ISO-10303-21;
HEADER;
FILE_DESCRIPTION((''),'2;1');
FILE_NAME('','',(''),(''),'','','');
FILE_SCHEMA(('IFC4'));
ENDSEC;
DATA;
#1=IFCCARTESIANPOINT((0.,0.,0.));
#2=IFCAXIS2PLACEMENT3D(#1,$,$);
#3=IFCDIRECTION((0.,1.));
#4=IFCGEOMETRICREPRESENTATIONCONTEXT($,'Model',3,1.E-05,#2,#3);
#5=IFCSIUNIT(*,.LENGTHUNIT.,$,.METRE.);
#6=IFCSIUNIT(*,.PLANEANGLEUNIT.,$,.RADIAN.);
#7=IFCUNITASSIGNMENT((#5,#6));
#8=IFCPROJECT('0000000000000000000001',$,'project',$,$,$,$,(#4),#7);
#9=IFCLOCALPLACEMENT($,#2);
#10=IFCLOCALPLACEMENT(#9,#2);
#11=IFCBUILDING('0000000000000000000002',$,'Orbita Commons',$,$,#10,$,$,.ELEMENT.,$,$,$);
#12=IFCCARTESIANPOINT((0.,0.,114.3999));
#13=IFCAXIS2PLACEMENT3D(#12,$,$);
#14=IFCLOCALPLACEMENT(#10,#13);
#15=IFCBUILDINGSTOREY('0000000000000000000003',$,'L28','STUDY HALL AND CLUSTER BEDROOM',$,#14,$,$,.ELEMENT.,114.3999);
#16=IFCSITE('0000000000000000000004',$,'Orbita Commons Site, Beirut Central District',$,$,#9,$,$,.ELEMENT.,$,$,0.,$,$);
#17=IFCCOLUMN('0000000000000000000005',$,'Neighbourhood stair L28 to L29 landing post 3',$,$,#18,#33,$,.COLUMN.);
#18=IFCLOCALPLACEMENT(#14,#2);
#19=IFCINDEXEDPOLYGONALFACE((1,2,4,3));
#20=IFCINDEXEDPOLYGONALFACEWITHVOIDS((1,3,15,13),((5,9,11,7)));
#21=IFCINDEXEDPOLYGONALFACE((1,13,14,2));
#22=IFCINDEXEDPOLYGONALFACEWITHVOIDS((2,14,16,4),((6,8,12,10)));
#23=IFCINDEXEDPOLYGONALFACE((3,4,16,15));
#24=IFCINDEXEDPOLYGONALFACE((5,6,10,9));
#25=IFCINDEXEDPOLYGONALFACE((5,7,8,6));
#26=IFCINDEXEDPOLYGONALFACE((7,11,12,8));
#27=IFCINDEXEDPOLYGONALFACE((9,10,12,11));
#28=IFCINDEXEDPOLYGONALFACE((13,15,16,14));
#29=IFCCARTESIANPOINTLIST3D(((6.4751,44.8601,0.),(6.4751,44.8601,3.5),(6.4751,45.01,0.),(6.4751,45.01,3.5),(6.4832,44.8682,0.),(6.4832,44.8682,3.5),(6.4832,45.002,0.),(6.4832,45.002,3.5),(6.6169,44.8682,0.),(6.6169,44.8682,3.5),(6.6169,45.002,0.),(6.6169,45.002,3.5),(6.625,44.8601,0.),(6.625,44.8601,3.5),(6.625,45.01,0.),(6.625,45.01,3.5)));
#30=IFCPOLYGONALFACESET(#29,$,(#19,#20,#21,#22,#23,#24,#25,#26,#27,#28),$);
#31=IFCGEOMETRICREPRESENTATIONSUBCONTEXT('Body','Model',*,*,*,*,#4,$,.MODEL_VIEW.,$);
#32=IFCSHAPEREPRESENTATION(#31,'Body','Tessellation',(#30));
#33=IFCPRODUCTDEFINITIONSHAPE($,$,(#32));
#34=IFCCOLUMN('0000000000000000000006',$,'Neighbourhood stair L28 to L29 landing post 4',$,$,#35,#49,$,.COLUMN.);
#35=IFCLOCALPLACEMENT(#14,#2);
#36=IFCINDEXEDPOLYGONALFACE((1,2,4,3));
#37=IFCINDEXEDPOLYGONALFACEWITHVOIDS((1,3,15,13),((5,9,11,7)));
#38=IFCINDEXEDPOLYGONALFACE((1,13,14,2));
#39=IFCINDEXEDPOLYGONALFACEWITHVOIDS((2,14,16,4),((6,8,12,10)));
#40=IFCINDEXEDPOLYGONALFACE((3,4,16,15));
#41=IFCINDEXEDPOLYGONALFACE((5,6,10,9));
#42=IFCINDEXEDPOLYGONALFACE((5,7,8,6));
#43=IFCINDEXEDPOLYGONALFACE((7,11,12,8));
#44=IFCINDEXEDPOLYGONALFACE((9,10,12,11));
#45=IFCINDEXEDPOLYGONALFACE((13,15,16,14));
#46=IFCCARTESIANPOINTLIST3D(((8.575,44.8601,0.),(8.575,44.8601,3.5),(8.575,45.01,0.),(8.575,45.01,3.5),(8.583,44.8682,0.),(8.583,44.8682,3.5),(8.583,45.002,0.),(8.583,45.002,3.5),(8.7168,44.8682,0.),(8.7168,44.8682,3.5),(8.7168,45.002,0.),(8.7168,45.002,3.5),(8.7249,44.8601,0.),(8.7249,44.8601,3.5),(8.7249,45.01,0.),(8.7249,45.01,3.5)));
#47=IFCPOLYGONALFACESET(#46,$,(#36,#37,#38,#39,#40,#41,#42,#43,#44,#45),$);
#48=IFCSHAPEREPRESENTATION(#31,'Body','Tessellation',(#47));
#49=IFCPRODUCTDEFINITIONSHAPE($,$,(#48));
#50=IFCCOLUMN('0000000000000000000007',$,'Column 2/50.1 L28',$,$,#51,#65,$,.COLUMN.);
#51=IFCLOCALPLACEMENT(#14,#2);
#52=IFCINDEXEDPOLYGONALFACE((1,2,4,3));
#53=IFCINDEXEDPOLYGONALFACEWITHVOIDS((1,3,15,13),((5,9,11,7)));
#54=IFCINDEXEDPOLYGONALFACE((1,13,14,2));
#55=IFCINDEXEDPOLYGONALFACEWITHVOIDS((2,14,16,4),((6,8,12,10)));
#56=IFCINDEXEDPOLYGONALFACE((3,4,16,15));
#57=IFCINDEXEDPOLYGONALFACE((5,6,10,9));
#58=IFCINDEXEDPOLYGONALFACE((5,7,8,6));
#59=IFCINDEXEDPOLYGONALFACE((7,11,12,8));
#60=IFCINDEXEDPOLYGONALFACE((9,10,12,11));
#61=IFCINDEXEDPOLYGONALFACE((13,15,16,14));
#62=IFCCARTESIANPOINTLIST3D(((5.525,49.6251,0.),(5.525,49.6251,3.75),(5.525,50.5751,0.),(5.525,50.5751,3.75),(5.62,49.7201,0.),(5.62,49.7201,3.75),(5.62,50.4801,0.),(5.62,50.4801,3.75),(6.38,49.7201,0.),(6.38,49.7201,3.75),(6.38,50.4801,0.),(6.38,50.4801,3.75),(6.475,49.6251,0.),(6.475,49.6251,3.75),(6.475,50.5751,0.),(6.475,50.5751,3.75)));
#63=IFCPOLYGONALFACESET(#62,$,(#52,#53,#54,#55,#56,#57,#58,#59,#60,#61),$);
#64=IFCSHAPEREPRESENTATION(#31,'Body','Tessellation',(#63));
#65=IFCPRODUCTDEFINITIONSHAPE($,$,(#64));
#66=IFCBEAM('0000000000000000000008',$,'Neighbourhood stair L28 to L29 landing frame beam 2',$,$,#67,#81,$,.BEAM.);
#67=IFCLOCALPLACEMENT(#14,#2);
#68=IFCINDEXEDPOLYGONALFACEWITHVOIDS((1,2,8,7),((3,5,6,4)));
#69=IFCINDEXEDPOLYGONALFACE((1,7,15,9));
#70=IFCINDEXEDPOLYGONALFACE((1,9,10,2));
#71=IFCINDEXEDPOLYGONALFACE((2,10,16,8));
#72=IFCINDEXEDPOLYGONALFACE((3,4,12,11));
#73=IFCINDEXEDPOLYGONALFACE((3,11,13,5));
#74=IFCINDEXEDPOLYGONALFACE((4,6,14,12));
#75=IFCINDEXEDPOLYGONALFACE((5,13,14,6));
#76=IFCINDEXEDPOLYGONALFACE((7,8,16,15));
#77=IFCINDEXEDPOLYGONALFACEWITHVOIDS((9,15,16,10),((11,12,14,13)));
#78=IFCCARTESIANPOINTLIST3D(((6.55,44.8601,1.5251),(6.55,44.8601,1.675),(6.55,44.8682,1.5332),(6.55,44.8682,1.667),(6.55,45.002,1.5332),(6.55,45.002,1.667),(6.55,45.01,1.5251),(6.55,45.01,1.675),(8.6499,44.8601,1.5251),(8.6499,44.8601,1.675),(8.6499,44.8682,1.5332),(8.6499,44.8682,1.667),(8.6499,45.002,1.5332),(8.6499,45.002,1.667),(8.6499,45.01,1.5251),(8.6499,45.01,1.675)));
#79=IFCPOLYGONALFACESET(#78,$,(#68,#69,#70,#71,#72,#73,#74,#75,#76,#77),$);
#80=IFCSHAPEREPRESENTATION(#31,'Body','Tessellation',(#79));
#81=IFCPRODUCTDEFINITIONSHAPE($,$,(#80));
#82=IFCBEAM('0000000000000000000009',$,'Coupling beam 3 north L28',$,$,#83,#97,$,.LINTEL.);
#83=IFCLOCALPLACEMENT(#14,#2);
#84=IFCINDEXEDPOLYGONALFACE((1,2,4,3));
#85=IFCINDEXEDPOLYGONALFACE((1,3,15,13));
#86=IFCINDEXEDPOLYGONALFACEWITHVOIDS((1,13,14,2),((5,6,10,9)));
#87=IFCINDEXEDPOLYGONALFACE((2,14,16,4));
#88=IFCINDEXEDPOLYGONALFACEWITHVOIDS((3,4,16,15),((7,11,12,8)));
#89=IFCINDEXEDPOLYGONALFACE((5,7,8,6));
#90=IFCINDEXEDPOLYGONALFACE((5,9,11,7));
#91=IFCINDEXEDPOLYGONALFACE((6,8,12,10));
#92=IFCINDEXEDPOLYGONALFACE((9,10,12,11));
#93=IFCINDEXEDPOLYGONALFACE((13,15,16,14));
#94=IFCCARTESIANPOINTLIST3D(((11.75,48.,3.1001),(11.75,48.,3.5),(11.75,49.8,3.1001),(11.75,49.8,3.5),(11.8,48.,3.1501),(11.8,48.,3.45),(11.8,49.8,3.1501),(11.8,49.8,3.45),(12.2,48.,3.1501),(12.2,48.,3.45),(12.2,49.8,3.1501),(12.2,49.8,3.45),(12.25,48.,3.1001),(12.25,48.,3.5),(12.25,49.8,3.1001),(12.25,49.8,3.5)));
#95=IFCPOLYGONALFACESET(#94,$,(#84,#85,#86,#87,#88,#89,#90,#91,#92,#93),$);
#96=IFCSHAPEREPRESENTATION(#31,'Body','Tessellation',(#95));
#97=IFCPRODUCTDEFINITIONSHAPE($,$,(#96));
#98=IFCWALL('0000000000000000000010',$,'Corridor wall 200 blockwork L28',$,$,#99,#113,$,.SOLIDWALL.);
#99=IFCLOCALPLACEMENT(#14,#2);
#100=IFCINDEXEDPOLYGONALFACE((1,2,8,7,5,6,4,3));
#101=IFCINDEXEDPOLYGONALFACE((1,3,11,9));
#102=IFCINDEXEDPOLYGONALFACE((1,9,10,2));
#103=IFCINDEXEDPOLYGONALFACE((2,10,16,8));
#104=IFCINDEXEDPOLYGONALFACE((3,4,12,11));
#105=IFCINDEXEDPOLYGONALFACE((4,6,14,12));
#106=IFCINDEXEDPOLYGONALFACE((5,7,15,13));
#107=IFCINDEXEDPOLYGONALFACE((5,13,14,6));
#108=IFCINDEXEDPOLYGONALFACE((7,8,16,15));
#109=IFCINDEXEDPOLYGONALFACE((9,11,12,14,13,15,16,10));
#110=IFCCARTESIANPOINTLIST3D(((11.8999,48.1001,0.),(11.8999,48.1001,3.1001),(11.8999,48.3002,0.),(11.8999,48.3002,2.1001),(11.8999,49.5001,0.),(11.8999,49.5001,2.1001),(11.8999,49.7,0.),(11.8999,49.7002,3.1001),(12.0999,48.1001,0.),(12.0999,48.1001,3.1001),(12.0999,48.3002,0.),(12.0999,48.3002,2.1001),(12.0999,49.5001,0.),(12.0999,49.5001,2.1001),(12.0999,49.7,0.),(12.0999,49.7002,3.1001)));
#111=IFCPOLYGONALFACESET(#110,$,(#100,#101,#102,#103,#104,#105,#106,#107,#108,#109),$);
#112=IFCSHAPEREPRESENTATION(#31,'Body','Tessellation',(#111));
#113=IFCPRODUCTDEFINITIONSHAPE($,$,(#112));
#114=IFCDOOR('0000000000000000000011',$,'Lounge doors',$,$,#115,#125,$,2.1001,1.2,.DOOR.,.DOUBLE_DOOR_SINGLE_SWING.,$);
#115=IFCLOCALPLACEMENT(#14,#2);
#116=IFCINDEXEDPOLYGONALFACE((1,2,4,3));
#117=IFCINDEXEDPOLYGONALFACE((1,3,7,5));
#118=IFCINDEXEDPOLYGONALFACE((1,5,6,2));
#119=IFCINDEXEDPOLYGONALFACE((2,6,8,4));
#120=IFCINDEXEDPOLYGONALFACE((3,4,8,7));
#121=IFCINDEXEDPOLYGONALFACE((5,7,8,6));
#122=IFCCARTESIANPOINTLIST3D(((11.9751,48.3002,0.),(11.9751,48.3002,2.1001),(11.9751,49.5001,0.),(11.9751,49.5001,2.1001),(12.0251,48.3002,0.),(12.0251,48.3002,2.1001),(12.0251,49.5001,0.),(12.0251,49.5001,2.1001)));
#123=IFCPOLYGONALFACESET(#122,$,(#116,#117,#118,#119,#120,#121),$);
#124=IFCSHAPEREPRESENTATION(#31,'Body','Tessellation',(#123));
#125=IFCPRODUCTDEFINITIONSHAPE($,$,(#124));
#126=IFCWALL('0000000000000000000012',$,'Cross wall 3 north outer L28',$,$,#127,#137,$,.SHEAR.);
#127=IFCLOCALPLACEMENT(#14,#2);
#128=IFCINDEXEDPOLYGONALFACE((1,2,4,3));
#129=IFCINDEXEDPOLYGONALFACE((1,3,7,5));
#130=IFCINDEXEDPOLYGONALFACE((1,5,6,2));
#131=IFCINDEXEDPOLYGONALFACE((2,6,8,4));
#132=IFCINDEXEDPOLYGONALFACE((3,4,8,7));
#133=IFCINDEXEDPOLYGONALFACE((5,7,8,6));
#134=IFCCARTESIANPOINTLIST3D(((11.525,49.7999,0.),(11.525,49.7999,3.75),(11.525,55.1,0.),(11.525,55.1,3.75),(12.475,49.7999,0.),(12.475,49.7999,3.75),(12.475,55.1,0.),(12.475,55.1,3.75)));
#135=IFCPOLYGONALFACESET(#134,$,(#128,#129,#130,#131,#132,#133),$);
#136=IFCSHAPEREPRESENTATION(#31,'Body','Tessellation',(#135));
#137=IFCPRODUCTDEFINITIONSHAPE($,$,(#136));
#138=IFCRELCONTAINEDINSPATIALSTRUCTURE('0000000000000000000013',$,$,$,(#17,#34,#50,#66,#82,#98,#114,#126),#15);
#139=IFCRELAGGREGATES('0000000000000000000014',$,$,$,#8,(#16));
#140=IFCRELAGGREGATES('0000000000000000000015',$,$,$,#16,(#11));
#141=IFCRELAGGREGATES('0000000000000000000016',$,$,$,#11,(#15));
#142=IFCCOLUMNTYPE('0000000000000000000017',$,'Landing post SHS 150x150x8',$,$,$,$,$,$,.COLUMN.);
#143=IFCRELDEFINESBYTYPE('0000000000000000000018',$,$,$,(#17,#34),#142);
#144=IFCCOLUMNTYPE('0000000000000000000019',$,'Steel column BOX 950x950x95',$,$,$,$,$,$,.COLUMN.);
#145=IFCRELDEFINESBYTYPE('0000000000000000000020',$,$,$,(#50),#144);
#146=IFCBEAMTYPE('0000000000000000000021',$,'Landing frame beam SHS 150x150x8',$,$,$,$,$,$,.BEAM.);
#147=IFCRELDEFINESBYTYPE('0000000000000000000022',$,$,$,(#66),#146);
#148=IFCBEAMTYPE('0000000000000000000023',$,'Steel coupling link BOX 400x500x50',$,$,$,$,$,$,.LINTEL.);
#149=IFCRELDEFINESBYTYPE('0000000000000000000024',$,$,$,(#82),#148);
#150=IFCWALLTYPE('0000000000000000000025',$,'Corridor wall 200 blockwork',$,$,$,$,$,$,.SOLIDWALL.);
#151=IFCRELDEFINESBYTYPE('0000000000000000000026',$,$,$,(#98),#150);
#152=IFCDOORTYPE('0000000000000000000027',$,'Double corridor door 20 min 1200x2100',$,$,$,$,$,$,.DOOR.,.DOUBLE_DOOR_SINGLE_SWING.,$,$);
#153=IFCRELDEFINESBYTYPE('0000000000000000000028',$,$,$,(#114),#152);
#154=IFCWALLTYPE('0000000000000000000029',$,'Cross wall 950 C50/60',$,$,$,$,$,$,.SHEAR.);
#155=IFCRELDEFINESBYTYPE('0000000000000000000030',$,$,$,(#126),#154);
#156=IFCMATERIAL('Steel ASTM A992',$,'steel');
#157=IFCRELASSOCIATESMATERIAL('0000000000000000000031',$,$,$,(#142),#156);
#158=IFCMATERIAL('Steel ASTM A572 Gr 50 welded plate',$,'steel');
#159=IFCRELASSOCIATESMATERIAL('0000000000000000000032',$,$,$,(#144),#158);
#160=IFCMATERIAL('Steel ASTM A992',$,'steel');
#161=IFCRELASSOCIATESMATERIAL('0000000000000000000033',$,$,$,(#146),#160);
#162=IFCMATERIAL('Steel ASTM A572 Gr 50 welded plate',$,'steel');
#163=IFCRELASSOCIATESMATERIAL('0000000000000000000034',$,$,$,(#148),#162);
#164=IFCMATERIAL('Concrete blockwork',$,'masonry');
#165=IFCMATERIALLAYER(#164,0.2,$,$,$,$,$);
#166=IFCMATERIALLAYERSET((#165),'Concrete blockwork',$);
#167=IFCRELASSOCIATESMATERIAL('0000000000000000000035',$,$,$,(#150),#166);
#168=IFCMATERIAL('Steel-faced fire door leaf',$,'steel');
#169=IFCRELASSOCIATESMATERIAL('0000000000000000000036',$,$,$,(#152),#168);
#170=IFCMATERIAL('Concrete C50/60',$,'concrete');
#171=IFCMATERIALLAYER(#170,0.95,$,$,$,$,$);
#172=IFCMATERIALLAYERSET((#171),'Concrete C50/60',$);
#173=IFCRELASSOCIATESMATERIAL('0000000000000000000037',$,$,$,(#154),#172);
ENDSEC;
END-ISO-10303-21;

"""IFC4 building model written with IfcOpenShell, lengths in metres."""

from ifc_helpers import new_model, si_unit, direction, frame, frame_2d, origin, origin_2d, place, context, subcontext, project, spatial, polyline, rectangle, hollow_rectangle, outline, extrude, material, layer, layer_set, material_profile, profile_set, type_object, element, fill, save


model = new_model("IFC4")

# Units and contexts
model_context = context("Model", 3, precision=1e-05, world=origin(), true_north=direction((0.0, 1.0)))
body_context = subcontext(model_context, "Body", "Model", "MODEL_VIEW")
ifc_project = project(units=[si_unit("LENGTHUNIT", "METRE"), si_unit("PLANEANGLEUNIT", "RADIAN")], contexts=[model_context])

# Site, building, storey
site_placement = place(None, origin())
site = spatial("IfcSite", under=ifc_project, at=site_placement, Name="Orbita Commons Site, Beirut Central District", CompositionType="ELEMENT", RefElevation=0.0)
building_placement = place(site_placement, origin())
building = spatial("IfcBuilding", under=site, at=building_placement, Name="Orbita Commons", CompositionType="ELEMENT")
storey_placement = place(building_placement, frame((0.0, 0.0, 114.3999)))
storey = spatial("IfcBuildingStorey", under=building, at=storey_placement, Name="L28", Description="STUDY HALL AND CLUSTER BEDROOM", CompositionType="ELEMENT", Elevation=114.3999)

# Columns
ifc_material_1 = material(Name="Steel ASTM A992", Category="steel")
ifc_material_profile_1 = material_profile(ifc_material_1, hollow_rectangle(XDim=0.1499, YDim=0.1499, WallThickness=0.0081, at=origin_2d()), Name="SHS 150x150x8")
ifc_profile_set_1 = profile_set([ifc_material_profile_1], Name="Steel ASTM A992")
column_type_1 = type_object("IfcColumnType", Name="Landing post SHS 150x150x8", PredefinedType="COLUMN", material=ifc_profile_set_1)
for number, where, z_axis, x_axis, name in (
    (1, (6.55, 44.9351, 0.0), (0.0, 0.0, 1.0), (1.0, 0.0, 0.0), "Neighbourhood stair L28 to L29 landing post 3"),
    (2, (8.6499, 44.9351, 0.0), (0.0, 0.0, 1.0), (1.0, 0.0, 0.0), "Neighbourhood stair L28 to L29 landing post 4"),
):
    element("IfcColumn", number, at=place(storey_placement, frame(where, z_axis=z_axis, x_axis=x_axis)), inside=storey, type_object=column_type_1, Name=name, PredefinedType="COLUMN", context=body_context, shape_type="SweptSolid", body=[
        extrude(hollow_rectangle(XDim=0.1499, YDim=0.1499, WallThickness=0.0081, at=origin_2d()), origin(), (0.0, 0.0, 1.0), 3.5),
    ])
ifc_material_2 = material(Name="Steel ASTM A572 Gr 50 welded plate", Category="steel")
ifc_material_profile_2 = material_profile(ifc_material_2, hollow_rectangle(XDim=0.95, YDim=0.95, WallThickness=0.095, at=origin_2d()), Name="BOX 950x950x95")
ifc_profile_set_2 = profile_set([ifc_material_profile_2], Name="Steel ASTM A572 Gr 50 welded plate")
column_type_2 = type_object("IfcColumnType", Name="Steel column BOX 950x950x95", PredefinedType="COLUMN", material=ifc_profile_set_2)
column_placement = place(storey_placement, frame((6.0, 50.1001, 0.0), z_axis=(0.0, 0.0, 1.0), x_axis=(1.0, 0.0, 0.0)))
element("IfcColumn", 3, at=column_placement, inside=storey, type_object=column_type_2, Name="Column 2/50.1 L28", PredefinedType="COLUMN", context=body_context, shape_type="SweptSolid", body=[
    extrude(hollow_rectangle(XDim=0.95, YDim=0.95, WallThickness=0.095, at=origin_2d()), origin(), (0.0, 0.0, 1.0), 3.75),
])

# Beams
ifc_material_3 = material(Name="Steel ASTM A992", Category="steel")
ifc_material_profile_3 = material_profile(ifc_material_3, hollow_rectangle(XDim=0.1499, YDim=0.1499, WallThickness=0.0081, at=origin_2d()), Name="SHS 150x150x8")
ifc_profile_set_3 = profile_set([ifc_material_profile_3], Name="Steel ASTM A992")
beam_type_1 = type_object("IfcBeamType", Name="Landing frame beam SHS 150x150x8", PredefinedType="BEAM", material=ifc_profile_set_3)
beam_1_placement = place(storey_placement, frame((6.55, 44.9351, 1.6001), z_axis=(1.0, 0.0, 0.0), x_axis=(0.0, 1.0, 0.0)))
element("IfcBeam", 4, at=beam_1_placement, inside=storey, type_object=beam_type_1, Name="Neighbourhood stair L28 to L29 landing frame beam 2", PredefinedType="BEAM", context=body_context, shape_type="SweptSolid", body=[
    extrude(hollow_rectangle(XDim=0.1499, YDim=0.1499, WallThickness=0.0081, at=origin_2d()), origin(), (0.0, 0.0, 1.0), 2.0999),
])
ifc_material_4 = material(Name="Steel ASTM A572 Gr 50 welded plate", Category="steel")
ifc_material_profile_4 = material_profile(ifc_material_4, hollow_rectangle(XDim=0.5, YDim=0.3999, WallThickness=0.05, at=origin_2d()), Name="BOX 400x500x50")
ifc_profile_set_4 = profile_set([ifc_material_profile_4], Name="Steel ASTM A572 Gr 50 welded plate")
beam_type_2 = type_object("IfcBeamType", Name="Steel coupling link BOX 400x500x50", PredefinedType="LINTEL", material=ifc_profile_set_4)
beam_2_placement = place(storey_placement, frame((12.0, 48.0, 3.3), z_axis=(0.0, 1.0, 0.0), x_axis=(-1.0, 0.0, 0.0)))
element("IfcBeam", 5, at=beam_2_placement, inside=storey, type_object=beam_type_2, Name="Coupling beam 3 north L28", PredefinedType="LINTEL", context=body_context, shape_type="SweptSolid", body=[
    extrude(hollow_rectangle(XDim=0.5, YDim=0.3999, WallThickness=0.05, at=origin_2d()), origin(), (0.0, 0.0, 1.0), 1.8),
])

# Wall, opening, door
ifc_material_5 = material(Name="Concrete blockwork", Category="masonry")
ifc_layer_1 = layer(ifc_material_5, 0.2)
ifc_layer_set_1 = layer_set([ifc_layer_1], Name="Concrete blockwork")
wall_type_1 = type_object("IfcWallType", Name="Corridor wall 200 blockwork", PredefinedType="SOLIDWALL", material=ifc_layer_set_1)
wall_1_placement = place(storey_placement, frame((12.0, 48.1001, 0.0), z_axis=(0.0, 0.0, 1.0), x_axis=(0.0, 1.0, 0.0)))
wall_1 = element("IfcWall", 6, at=wall_1_placement, inside=storey, type_object=wall_type_1, Name="Corridor wall 200 blockwork L28", PredefinedType="SOLIDWALL", context=body_context, shape_type="SweptSolid", body=[
    extrude(outline(polyline([(0.0, 0.0), (1.5999, 0.0), (1.6001, 3.1001), (0.0, 3.1001), (0.0, 0.0)])), frame((0.0, 0.1001, 0.0), z_axis=(0.0, -1.0, 0.0), x_axis=(1.0, 0.0, 0.0)), (0.0, 0.0, 1.0), 0.2),
])
opening_1_placement = place(wall_1_placement, frame((0.2, 0.0, 0.0)))
opening_1 = element("IfcOpeningElement", 7, at=opening_1_placement, cuts=wall_1, PredefinedType="OPENING", context=body_context, shape_type="SweptSolid", body=[
    extrude(rectangle(XDim=1.2, YDim=2.1001, at=frame_2d((0.6001, 1.05))), frame((0.0, 0.1099, 0.0), z_axis=(0.0, -1.0, 0.0), x_axis=(1.0, 0.0, 0.0)), (0.0, 0.0, 1.0), 0.22),
])
ifc_material_6 = material(Name="Steel-faced fire door leaf", Category="steel")
door_type = type_object("IfcDoorType", Name="Double corridor door 20 min 1200x2100", OperationType="DOUBLE_DOOR_SINGLE_SWING", PredefinedType="DOOR", material=ifc_material_6)
door_placement = place(opening_1_placement, origin())
door = element("IfcDoor", 8, at=door_placement, inside=storey, type_object=door_type, Name="Lounge doors", OperationType="DOUBLE_DOOR_SINGLE_SWING", OverallHeight=2.1001, OverallWidth=1.2, PredefinedType="DOOR", context=body_context, shape_type="SweptSolid", body=[
    extrude(rectangle(XDim=1.2, YDim=2.1001, at=frame_2d((0.6001, 1.05))), frame((0.0, 0.0249, 0.0), z_axis=(0.0, -1.0, 0.0), x_axis=(1.0, 0.0, 0.0)), (0.0, 0.0, 1.0), 0.05),
])
fill(opening_1, door)

# Wall
ifc_material_7 = material(Name="Concrete C50/60", Category="concrete")
ifc_layer_2 = layer(ifc_material_7, 0.95)
ifc_layer_set_2 = layer_set([ifc_layer_2], Name="Concrete C50/60")
wall_type_2 = type_object("IfcWallType", Name="Cross wall 950 C50/60", PredefinedType="SHEAR", material=ifc_layer_set_2)
wall_2_placement = place(storey_placement, frame((12.0, 49.8, 0.0), z_axis=(0.0, 0.0, 1.0), x_axis=(0.0, 1.0, 0.0)))
element("IfcWall", 9, at=wall_2_placement, inside=storey, type_object=wall_type_2, Name="Cross wall 3 north outer L28", PredefinedType="SHEAR", context=body_context, shape_type="SweptSolid", body=[
    extrude(rectangle(XDim=5.3, YDim=0.95, at=frame_2d((2.6499, 0.0))), origin(), (0.0, 0.0, 1.0), 3.75),
])

save(model, "model.ifc")
